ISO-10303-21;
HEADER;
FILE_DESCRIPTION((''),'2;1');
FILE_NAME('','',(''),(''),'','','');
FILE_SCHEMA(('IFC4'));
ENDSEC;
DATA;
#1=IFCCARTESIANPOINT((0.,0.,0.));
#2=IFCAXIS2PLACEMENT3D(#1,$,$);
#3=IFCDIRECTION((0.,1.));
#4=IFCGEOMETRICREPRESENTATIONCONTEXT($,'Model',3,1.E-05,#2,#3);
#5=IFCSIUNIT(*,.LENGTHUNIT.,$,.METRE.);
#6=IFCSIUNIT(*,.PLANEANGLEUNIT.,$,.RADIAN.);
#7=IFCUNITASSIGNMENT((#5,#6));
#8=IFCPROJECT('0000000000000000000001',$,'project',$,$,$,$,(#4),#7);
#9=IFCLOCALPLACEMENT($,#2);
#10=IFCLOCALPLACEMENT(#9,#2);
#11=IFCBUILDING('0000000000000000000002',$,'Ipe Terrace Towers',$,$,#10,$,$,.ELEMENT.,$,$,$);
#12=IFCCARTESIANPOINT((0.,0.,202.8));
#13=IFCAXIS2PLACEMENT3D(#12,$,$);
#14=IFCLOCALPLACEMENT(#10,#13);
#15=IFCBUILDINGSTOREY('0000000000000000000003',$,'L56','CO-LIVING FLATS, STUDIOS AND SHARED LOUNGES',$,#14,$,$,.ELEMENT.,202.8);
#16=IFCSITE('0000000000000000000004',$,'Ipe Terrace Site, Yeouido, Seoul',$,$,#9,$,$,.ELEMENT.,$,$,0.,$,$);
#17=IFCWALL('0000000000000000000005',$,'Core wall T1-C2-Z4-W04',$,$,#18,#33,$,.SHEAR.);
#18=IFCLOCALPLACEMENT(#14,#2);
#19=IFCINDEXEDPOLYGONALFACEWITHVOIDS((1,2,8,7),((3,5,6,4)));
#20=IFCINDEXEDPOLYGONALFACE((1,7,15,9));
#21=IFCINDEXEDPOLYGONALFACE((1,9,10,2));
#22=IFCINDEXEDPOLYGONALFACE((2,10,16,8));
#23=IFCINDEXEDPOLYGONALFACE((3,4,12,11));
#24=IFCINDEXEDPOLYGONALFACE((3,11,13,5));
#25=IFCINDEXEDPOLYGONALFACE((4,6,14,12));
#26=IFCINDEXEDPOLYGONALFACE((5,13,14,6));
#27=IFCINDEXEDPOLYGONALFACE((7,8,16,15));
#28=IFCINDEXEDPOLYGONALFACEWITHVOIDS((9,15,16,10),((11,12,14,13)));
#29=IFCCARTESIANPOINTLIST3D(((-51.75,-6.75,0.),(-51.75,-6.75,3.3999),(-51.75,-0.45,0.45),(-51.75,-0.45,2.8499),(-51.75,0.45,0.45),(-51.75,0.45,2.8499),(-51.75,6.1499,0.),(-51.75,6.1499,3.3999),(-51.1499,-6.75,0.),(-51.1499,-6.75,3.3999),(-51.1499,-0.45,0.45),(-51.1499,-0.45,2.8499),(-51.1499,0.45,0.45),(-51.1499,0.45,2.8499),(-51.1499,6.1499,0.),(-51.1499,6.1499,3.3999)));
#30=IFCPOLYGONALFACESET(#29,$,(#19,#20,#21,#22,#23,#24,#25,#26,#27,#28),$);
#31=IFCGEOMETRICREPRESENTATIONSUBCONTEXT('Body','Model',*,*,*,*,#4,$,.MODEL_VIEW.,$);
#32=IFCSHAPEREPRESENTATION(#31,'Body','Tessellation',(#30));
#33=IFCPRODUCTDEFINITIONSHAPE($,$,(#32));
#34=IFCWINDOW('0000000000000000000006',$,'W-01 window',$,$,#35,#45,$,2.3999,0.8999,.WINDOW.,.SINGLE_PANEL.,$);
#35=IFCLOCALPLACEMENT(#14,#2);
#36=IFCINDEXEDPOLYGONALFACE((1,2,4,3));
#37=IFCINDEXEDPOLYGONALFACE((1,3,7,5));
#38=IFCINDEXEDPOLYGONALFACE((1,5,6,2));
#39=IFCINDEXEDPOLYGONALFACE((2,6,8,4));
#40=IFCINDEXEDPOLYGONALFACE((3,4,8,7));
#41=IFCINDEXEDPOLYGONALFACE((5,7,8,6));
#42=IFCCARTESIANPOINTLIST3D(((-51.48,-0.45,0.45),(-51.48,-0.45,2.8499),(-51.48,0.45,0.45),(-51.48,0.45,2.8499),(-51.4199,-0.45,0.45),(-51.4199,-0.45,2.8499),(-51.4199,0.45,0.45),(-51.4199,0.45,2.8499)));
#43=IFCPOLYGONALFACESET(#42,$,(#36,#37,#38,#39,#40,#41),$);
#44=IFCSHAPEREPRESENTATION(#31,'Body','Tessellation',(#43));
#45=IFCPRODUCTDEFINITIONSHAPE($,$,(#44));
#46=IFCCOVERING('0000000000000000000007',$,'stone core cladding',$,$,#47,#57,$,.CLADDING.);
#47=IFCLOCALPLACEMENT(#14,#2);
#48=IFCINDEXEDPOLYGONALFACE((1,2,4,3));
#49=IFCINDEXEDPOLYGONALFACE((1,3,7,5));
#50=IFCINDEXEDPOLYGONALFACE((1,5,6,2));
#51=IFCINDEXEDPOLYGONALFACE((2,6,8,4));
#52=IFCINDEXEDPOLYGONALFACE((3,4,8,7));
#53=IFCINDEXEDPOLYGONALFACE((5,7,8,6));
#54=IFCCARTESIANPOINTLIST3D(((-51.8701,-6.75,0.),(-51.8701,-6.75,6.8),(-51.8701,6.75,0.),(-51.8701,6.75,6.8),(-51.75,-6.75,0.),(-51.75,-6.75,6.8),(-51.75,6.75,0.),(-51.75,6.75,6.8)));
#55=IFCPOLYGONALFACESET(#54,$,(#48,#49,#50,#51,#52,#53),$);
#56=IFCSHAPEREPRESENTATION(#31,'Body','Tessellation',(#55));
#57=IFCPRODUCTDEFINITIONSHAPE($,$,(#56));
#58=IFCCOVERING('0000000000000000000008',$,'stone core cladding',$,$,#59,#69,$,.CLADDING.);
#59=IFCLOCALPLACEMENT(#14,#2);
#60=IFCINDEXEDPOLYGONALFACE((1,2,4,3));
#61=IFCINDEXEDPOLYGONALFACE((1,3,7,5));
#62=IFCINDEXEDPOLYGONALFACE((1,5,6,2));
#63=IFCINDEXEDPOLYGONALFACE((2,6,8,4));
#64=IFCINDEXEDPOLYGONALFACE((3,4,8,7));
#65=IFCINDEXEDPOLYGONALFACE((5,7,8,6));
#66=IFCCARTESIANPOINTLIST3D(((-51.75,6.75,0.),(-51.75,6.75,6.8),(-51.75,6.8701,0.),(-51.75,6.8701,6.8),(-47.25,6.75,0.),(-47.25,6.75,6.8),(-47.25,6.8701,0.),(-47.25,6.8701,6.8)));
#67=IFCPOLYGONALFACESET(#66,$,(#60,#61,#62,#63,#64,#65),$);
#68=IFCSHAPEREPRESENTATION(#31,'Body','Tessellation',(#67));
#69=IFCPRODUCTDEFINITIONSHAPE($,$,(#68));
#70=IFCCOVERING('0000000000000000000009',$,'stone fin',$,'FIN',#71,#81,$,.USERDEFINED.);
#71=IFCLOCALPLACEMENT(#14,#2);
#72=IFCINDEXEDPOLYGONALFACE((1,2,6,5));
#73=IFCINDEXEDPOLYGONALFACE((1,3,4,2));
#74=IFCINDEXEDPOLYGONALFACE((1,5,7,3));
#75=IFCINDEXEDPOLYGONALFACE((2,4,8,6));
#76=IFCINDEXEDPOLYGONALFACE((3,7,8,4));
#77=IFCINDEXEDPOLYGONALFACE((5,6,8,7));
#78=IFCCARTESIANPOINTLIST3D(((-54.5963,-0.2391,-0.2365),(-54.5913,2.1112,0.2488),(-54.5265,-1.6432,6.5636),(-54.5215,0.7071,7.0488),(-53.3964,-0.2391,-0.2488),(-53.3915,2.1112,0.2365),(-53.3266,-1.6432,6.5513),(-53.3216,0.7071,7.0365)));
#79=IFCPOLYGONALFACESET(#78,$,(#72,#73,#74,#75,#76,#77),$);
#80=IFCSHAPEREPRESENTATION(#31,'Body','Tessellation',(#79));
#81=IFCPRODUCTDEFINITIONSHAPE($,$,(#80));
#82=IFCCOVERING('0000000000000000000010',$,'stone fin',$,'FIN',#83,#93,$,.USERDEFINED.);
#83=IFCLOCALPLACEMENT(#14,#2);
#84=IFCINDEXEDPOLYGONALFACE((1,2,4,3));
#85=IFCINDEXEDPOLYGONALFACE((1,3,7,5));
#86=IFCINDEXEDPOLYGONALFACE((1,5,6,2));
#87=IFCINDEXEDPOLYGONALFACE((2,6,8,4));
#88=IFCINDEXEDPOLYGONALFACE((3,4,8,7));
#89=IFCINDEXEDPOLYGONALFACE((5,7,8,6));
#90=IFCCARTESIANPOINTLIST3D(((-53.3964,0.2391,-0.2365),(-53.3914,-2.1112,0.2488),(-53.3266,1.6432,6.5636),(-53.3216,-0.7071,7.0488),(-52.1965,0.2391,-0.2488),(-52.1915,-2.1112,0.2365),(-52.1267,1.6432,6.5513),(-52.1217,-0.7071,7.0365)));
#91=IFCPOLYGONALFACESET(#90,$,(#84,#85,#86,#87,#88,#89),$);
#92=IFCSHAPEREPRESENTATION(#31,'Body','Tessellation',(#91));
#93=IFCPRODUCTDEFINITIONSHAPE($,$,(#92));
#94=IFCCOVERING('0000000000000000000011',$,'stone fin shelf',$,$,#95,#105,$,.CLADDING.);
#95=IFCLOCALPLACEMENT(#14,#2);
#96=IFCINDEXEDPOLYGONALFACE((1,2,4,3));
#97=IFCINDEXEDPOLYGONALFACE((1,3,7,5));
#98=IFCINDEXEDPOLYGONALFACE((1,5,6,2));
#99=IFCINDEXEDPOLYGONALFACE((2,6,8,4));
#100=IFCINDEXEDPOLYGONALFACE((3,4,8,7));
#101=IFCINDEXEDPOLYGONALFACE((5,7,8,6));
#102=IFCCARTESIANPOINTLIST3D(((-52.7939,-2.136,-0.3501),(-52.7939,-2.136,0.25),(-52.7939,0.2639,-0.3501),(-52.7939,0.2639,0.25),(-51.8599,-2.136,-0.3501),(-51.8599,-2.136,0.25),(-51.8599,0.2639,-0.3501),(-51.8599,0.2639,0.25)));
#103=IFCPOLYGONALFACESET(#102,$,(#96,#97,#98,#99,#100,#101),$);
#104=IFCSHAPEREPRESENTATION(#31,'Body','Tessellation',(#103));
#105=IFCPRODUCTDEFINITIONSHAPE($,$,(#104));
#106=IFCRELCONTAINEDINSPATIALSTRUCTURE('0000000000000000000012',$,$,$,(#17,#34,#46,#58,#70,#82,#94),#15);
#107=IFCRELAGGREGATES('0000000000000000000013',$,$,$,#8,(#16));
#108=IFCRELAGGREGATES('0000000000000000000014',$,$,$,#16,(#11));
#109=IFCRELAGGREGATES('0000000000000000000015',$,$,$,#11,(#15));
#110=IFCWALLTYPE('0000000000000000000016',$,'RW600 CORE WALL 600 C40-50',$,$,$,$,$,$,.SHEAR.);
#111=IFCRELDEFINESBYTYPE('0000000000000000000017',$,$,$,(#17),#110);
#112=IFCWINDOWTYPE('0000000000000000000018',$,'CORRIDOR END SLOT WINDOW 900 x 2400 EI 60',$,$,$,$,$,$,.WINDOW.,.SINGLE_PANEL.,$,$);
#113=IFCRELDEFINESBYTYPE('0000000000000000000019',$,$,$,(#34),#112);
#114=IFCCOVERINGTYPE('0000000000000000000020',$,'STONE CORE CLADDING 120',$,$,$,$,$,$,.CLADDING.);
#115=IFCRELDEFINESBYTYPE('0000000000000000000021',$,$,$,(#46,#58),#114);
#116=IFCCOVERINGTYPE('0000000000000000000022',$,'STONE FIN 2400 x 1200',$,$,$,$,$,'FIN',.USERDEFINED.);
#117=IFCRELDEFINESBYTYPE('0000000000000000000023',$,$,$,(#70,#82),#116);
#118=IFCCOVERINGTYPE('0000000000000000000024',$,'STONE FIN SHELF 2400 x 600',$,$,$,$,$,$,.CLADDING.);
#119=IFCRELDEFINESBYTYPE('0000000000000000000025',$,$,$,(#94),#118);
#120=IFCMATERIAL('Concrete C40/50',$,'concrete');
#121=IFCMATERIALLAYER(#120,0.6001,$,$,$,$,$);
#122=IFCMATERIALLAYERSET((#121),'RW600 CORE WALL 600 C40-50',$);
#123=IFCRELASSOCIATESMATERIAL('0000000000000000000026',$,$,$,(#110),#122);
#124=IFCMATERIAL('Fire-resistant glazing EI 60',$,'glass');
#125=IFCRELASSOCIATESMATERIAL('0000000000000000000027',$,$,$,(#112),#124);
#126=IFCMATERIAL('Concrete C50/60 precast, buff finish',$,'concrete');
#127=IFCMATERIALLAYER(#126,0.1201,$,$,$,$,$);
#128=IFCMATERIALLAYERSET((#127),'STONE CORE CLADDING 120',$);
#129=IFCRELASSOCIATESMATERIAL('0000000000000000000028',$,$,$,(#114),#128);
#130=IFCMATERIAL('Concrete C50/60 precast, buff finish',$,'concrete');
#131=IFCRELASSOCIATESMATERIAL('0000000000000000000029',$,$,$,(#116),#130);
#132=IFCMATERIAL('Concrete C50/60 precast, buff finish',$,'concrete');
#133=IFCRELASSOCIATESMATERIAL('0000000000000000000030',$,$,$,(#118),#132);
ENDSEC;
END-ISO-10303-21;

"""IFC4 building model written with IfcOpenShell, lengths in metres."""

from ifc_helpers import new_model, si_unit, direction, frame, frame_2d, origin, origin_2d, place, context, subcontext, project, spatial, rectangle, extrude, material, layer, layer_set, material_profile, profile_set, type_object, element, fill, save


model = new_model("IFC4")

# Units and contexts
model_context = context("Model", 3, precision=1e-05, world=origin(), true_north=direction((0.0, 1.0)))
body_context = subcontext(model_context, "Body", "Model", "MODEL_VIEW")
ifc_project = project(units=[si_unit("LENGTHUNIT", "METRE"), si_unit("PLANEANGLEUNIT", "RADIAN")], contexts=[model_context])

# Site, building, storey
site_placement = place(None, origin())
site = spatial("IfcSite", under=ifc_project, at=site_placement, Name="Ipe Terrace Site, Yeouido, Seoul", CompositionType="ELEMENT", RefElevation=0.0)
building_placement = place(site_placement, origin())
building = spatial("IfcBuilding", under=site, at=building_placement, Name="Ipe Terrace Towers", CompositionType="ELEMENT")
storey_placement = place(building_placement, frame((0.0, 0.0, 202.8)))
storey = spatial("IfcBuildingStorey", under=building, at=storey_placement, Name="L56", Description="CO-LIVING FLATS, STUDIOS AND SHARED LOUNGES", CompositionType="ELEMENT", Elevation=202.8)

# Shared definitions
ifc_material_1 = material(Name="Concrete C40/50", Category="concrete")
ifc_layer_1 = layer(ifc_material_1, 0.6001)
ifc_layer_set_1 = layer_set([ifc_layer_1], Name="RW600 CORE WALL 600 C40-50")
wall_type_1 = type_object("IfcWallType", Name="RW600 CORE WALL 600 C40-50", PredefinedType="SHEAR", material=ifc_layer_set_1)

# Wall, opening, window
wall_1_placement = place(storey_placement, frame((-51.45, 6.1499, 0.0), z_axis=(0.0, 0.0, 1.0), x_axis=(0.0, -1.0, 0.0)))
wall_1 = element("IfcWall", 1, at=wall_1_placement, inside=storey, type_object=wall_type_1, Name="Core wall T1-C2-Z4-W04", PredefinedType="SHEAR", context=body_context, shape_type="SweptSolid", body=[
    extrude(rectangle(XDim=12.8999, YDim=0.6001, at=frame_2d((6.45, 0.0))), origin(), (0.0, 0.0, 1.0), 3.3999),
])
opening_1_placement = place(wall_1_placement, frame((5.7, 0.0, 0.45)))
opening_1 = element("IfcOpeningElement", 2, at=opening_1_placement, cuts=wall_1, PredefinedType="OPENING", context=body_context, shape_type="SweptSolid", body=[
    extrude(rectangle(XDim=0.8999, YDim=2.3999, at=frame_2d((0.45, 1.2))), frame((0.0, 0.3101, 0.0), z_axis=(0.0, -1.0, 0.0), x_axis=(1.0, 0.0, 0.0)), (0.0, 0.0, 1.0), 0.6201),
])
ifc_material_2 = material(Name="Fire-resistant glazing EI 60", Category="glass")
window_type = type_object("IfcWindowType", Name="CORRIDOR END SLOT WINDOW 900 x 2400 EI 60", PartitioningType="SINGLE_PANEL", PredefinedType="WINDOW", material=ifc_material_2)
window_placement = place(opening_1_placement, origin())
window = element("IfcWindow", 3, at=window_placement, inside=storey, type_object=window_type, Name="W-01 window", OverallHeight=2.3999, OverallWidth=0.8999, PartitioningType="SINGLE_PANEL", PredefinedType="WINDOW", context=body_context, shape_type="SweptSolid", body=[
    extrude(rectangle(XDim=0.8999, YDim=2.3999, at=frame_2d((0.45, 1.2))), frame((0.0, 0.03, 0.0), z_axis=(0.0, -1.0, 0.0), x_axis=(1.0, 0.0, 0.0)), (0.0, 0.0, 1.0), 0.0601),
])
fill(opening_1, window)

# Coverings
ifc_material_3 = material(Name="Concrete C50/60 precast, buff finish", Category="concrete")
ifc_layer_2 = layer(ifc_material_3, 0.1201)
ifc_layer_set_2 = layer_set([ifc_layer_2], Name="STONE CORE CLADDING 120")
covering_type_1 = type_object("IfcCoveringType", Name="STONE CORE CLADDING 120", PredefinedType="CLADDING", material=ifc_layer_set_2)
covering_1_placement = place(storey_placement, frame((-51.8101, 0.0, 0.0), z_axis=(0.0, 0.0, 1.0), x_axis=(0.0, -1.0, 0.0)))
element("IfcCovering", 4, at=covering_1_placement, inside=storey, type_object=covering_type_1, Name="stone core cladding", PredefinedType="CLADDING", context=body_context, shape_type="SweptSolid", body=[
    extrude(rectangle(XDim=13.5, YDim=0.1201, at=origin_2d()), origin(), (0.0, 0.0, 1.0), 6.8),
])
covering_2_placement = place(storey_placement, frame((-49.5, 6.8101, 0.0), z_axis=(0.0, 0.0, 1.0), x_axis=(-1.0, 0.0, 0.0)))
element("IfcCovering", 5, at=covering_2_placement, inside=storey, type_object=covering_type_1, Name="stone core cladding", PredefinedType="CLADDING", context=body_context, shape_type="SweptSolid", body=[
    extrude(rectangle(XDim=4.5, YDim=0.1201, at=origin_2d()), origin(), (0.0, 0.0, 1.0), 6.8),
])
ifc_material_4 = material(Name="Concrete C50/60 precast, buff finish", Category="concrete")
ifc_material_profile_1 = material_profile(ifc_material_4, rectangle(XDim=2.3999, YDim=1.2, at=origin_2d()), Name="STONE FIN 2400 x 1200")
ifc_profile_set_1 = profile_set([ifc_material_profile_1], Name="Concrete C50/60 precast, buff finish")
covering_type_2 = type_object("IfcCoveringType", Name="STONE FIN 2400 x 1200", ElementType="FIN", PredefinedType="USERDEFINED", material=ifc_profile_set_1)
for number, where, z_axis, x_axis, name in (
    (6, (-53.9939, 0.936, 0.0), (0.010056, -0.202201, 0.979292), (-0.002076, -0.979344, -0.202191), "stone fin"),
    (7, (-52.7939, -0.936, 0.0), (0.010056, 0.202201, 0.979292), (0.002076, -0.979344, 0.202191), "stone fin"),
):
    element("IfcCovering", number, at=place(storey_placement, frame(where, z_axis=z_axis, x_axis=x_axis)), inside=storey, type_object=covering_type_2, Name=name, ObjectType="FIN", PredefinedType="USERDEFINED", context=body_context, shape_type="SweptSolid", body=[
        extrude(rectangle(XDim=2.3999, YDim=1.2, at=origin_2d()), origin(), (0.0, 0.0, 1.0), 6.9438),
    ])
ifc_material_5 = material(Name="Concrete C50/60 precast, buff finish", Category="concrete")
covering_type_3 = type_object("IfcCoveringType", Name="STONE FIN SHELF 2400 x 600", PredefinedType="CLADDING", material=ifc_material_5)
covering_3_placement = place(storey_placement, frame((-52.3269, -0.936, -0.3501), z_axis=(0.0, 0.0, 1.0), x_axis=(0.0, -1.0, 0.0)))
element("IfcCovering", 8, at=covering_3_placement, inside=storey, type_object=covering_type_3, Name="stone fin shelf", PredefinedType="CLADDING", context=body_context, shape_type="SweptSolid", body=[
    extrude(rectangle(XDim=2.3999, YDim=0.9341, at=origin_2d()), origin(), (0.0, 0.0, 1.0), 0.6001),
])

save(model, "model.ifc")
